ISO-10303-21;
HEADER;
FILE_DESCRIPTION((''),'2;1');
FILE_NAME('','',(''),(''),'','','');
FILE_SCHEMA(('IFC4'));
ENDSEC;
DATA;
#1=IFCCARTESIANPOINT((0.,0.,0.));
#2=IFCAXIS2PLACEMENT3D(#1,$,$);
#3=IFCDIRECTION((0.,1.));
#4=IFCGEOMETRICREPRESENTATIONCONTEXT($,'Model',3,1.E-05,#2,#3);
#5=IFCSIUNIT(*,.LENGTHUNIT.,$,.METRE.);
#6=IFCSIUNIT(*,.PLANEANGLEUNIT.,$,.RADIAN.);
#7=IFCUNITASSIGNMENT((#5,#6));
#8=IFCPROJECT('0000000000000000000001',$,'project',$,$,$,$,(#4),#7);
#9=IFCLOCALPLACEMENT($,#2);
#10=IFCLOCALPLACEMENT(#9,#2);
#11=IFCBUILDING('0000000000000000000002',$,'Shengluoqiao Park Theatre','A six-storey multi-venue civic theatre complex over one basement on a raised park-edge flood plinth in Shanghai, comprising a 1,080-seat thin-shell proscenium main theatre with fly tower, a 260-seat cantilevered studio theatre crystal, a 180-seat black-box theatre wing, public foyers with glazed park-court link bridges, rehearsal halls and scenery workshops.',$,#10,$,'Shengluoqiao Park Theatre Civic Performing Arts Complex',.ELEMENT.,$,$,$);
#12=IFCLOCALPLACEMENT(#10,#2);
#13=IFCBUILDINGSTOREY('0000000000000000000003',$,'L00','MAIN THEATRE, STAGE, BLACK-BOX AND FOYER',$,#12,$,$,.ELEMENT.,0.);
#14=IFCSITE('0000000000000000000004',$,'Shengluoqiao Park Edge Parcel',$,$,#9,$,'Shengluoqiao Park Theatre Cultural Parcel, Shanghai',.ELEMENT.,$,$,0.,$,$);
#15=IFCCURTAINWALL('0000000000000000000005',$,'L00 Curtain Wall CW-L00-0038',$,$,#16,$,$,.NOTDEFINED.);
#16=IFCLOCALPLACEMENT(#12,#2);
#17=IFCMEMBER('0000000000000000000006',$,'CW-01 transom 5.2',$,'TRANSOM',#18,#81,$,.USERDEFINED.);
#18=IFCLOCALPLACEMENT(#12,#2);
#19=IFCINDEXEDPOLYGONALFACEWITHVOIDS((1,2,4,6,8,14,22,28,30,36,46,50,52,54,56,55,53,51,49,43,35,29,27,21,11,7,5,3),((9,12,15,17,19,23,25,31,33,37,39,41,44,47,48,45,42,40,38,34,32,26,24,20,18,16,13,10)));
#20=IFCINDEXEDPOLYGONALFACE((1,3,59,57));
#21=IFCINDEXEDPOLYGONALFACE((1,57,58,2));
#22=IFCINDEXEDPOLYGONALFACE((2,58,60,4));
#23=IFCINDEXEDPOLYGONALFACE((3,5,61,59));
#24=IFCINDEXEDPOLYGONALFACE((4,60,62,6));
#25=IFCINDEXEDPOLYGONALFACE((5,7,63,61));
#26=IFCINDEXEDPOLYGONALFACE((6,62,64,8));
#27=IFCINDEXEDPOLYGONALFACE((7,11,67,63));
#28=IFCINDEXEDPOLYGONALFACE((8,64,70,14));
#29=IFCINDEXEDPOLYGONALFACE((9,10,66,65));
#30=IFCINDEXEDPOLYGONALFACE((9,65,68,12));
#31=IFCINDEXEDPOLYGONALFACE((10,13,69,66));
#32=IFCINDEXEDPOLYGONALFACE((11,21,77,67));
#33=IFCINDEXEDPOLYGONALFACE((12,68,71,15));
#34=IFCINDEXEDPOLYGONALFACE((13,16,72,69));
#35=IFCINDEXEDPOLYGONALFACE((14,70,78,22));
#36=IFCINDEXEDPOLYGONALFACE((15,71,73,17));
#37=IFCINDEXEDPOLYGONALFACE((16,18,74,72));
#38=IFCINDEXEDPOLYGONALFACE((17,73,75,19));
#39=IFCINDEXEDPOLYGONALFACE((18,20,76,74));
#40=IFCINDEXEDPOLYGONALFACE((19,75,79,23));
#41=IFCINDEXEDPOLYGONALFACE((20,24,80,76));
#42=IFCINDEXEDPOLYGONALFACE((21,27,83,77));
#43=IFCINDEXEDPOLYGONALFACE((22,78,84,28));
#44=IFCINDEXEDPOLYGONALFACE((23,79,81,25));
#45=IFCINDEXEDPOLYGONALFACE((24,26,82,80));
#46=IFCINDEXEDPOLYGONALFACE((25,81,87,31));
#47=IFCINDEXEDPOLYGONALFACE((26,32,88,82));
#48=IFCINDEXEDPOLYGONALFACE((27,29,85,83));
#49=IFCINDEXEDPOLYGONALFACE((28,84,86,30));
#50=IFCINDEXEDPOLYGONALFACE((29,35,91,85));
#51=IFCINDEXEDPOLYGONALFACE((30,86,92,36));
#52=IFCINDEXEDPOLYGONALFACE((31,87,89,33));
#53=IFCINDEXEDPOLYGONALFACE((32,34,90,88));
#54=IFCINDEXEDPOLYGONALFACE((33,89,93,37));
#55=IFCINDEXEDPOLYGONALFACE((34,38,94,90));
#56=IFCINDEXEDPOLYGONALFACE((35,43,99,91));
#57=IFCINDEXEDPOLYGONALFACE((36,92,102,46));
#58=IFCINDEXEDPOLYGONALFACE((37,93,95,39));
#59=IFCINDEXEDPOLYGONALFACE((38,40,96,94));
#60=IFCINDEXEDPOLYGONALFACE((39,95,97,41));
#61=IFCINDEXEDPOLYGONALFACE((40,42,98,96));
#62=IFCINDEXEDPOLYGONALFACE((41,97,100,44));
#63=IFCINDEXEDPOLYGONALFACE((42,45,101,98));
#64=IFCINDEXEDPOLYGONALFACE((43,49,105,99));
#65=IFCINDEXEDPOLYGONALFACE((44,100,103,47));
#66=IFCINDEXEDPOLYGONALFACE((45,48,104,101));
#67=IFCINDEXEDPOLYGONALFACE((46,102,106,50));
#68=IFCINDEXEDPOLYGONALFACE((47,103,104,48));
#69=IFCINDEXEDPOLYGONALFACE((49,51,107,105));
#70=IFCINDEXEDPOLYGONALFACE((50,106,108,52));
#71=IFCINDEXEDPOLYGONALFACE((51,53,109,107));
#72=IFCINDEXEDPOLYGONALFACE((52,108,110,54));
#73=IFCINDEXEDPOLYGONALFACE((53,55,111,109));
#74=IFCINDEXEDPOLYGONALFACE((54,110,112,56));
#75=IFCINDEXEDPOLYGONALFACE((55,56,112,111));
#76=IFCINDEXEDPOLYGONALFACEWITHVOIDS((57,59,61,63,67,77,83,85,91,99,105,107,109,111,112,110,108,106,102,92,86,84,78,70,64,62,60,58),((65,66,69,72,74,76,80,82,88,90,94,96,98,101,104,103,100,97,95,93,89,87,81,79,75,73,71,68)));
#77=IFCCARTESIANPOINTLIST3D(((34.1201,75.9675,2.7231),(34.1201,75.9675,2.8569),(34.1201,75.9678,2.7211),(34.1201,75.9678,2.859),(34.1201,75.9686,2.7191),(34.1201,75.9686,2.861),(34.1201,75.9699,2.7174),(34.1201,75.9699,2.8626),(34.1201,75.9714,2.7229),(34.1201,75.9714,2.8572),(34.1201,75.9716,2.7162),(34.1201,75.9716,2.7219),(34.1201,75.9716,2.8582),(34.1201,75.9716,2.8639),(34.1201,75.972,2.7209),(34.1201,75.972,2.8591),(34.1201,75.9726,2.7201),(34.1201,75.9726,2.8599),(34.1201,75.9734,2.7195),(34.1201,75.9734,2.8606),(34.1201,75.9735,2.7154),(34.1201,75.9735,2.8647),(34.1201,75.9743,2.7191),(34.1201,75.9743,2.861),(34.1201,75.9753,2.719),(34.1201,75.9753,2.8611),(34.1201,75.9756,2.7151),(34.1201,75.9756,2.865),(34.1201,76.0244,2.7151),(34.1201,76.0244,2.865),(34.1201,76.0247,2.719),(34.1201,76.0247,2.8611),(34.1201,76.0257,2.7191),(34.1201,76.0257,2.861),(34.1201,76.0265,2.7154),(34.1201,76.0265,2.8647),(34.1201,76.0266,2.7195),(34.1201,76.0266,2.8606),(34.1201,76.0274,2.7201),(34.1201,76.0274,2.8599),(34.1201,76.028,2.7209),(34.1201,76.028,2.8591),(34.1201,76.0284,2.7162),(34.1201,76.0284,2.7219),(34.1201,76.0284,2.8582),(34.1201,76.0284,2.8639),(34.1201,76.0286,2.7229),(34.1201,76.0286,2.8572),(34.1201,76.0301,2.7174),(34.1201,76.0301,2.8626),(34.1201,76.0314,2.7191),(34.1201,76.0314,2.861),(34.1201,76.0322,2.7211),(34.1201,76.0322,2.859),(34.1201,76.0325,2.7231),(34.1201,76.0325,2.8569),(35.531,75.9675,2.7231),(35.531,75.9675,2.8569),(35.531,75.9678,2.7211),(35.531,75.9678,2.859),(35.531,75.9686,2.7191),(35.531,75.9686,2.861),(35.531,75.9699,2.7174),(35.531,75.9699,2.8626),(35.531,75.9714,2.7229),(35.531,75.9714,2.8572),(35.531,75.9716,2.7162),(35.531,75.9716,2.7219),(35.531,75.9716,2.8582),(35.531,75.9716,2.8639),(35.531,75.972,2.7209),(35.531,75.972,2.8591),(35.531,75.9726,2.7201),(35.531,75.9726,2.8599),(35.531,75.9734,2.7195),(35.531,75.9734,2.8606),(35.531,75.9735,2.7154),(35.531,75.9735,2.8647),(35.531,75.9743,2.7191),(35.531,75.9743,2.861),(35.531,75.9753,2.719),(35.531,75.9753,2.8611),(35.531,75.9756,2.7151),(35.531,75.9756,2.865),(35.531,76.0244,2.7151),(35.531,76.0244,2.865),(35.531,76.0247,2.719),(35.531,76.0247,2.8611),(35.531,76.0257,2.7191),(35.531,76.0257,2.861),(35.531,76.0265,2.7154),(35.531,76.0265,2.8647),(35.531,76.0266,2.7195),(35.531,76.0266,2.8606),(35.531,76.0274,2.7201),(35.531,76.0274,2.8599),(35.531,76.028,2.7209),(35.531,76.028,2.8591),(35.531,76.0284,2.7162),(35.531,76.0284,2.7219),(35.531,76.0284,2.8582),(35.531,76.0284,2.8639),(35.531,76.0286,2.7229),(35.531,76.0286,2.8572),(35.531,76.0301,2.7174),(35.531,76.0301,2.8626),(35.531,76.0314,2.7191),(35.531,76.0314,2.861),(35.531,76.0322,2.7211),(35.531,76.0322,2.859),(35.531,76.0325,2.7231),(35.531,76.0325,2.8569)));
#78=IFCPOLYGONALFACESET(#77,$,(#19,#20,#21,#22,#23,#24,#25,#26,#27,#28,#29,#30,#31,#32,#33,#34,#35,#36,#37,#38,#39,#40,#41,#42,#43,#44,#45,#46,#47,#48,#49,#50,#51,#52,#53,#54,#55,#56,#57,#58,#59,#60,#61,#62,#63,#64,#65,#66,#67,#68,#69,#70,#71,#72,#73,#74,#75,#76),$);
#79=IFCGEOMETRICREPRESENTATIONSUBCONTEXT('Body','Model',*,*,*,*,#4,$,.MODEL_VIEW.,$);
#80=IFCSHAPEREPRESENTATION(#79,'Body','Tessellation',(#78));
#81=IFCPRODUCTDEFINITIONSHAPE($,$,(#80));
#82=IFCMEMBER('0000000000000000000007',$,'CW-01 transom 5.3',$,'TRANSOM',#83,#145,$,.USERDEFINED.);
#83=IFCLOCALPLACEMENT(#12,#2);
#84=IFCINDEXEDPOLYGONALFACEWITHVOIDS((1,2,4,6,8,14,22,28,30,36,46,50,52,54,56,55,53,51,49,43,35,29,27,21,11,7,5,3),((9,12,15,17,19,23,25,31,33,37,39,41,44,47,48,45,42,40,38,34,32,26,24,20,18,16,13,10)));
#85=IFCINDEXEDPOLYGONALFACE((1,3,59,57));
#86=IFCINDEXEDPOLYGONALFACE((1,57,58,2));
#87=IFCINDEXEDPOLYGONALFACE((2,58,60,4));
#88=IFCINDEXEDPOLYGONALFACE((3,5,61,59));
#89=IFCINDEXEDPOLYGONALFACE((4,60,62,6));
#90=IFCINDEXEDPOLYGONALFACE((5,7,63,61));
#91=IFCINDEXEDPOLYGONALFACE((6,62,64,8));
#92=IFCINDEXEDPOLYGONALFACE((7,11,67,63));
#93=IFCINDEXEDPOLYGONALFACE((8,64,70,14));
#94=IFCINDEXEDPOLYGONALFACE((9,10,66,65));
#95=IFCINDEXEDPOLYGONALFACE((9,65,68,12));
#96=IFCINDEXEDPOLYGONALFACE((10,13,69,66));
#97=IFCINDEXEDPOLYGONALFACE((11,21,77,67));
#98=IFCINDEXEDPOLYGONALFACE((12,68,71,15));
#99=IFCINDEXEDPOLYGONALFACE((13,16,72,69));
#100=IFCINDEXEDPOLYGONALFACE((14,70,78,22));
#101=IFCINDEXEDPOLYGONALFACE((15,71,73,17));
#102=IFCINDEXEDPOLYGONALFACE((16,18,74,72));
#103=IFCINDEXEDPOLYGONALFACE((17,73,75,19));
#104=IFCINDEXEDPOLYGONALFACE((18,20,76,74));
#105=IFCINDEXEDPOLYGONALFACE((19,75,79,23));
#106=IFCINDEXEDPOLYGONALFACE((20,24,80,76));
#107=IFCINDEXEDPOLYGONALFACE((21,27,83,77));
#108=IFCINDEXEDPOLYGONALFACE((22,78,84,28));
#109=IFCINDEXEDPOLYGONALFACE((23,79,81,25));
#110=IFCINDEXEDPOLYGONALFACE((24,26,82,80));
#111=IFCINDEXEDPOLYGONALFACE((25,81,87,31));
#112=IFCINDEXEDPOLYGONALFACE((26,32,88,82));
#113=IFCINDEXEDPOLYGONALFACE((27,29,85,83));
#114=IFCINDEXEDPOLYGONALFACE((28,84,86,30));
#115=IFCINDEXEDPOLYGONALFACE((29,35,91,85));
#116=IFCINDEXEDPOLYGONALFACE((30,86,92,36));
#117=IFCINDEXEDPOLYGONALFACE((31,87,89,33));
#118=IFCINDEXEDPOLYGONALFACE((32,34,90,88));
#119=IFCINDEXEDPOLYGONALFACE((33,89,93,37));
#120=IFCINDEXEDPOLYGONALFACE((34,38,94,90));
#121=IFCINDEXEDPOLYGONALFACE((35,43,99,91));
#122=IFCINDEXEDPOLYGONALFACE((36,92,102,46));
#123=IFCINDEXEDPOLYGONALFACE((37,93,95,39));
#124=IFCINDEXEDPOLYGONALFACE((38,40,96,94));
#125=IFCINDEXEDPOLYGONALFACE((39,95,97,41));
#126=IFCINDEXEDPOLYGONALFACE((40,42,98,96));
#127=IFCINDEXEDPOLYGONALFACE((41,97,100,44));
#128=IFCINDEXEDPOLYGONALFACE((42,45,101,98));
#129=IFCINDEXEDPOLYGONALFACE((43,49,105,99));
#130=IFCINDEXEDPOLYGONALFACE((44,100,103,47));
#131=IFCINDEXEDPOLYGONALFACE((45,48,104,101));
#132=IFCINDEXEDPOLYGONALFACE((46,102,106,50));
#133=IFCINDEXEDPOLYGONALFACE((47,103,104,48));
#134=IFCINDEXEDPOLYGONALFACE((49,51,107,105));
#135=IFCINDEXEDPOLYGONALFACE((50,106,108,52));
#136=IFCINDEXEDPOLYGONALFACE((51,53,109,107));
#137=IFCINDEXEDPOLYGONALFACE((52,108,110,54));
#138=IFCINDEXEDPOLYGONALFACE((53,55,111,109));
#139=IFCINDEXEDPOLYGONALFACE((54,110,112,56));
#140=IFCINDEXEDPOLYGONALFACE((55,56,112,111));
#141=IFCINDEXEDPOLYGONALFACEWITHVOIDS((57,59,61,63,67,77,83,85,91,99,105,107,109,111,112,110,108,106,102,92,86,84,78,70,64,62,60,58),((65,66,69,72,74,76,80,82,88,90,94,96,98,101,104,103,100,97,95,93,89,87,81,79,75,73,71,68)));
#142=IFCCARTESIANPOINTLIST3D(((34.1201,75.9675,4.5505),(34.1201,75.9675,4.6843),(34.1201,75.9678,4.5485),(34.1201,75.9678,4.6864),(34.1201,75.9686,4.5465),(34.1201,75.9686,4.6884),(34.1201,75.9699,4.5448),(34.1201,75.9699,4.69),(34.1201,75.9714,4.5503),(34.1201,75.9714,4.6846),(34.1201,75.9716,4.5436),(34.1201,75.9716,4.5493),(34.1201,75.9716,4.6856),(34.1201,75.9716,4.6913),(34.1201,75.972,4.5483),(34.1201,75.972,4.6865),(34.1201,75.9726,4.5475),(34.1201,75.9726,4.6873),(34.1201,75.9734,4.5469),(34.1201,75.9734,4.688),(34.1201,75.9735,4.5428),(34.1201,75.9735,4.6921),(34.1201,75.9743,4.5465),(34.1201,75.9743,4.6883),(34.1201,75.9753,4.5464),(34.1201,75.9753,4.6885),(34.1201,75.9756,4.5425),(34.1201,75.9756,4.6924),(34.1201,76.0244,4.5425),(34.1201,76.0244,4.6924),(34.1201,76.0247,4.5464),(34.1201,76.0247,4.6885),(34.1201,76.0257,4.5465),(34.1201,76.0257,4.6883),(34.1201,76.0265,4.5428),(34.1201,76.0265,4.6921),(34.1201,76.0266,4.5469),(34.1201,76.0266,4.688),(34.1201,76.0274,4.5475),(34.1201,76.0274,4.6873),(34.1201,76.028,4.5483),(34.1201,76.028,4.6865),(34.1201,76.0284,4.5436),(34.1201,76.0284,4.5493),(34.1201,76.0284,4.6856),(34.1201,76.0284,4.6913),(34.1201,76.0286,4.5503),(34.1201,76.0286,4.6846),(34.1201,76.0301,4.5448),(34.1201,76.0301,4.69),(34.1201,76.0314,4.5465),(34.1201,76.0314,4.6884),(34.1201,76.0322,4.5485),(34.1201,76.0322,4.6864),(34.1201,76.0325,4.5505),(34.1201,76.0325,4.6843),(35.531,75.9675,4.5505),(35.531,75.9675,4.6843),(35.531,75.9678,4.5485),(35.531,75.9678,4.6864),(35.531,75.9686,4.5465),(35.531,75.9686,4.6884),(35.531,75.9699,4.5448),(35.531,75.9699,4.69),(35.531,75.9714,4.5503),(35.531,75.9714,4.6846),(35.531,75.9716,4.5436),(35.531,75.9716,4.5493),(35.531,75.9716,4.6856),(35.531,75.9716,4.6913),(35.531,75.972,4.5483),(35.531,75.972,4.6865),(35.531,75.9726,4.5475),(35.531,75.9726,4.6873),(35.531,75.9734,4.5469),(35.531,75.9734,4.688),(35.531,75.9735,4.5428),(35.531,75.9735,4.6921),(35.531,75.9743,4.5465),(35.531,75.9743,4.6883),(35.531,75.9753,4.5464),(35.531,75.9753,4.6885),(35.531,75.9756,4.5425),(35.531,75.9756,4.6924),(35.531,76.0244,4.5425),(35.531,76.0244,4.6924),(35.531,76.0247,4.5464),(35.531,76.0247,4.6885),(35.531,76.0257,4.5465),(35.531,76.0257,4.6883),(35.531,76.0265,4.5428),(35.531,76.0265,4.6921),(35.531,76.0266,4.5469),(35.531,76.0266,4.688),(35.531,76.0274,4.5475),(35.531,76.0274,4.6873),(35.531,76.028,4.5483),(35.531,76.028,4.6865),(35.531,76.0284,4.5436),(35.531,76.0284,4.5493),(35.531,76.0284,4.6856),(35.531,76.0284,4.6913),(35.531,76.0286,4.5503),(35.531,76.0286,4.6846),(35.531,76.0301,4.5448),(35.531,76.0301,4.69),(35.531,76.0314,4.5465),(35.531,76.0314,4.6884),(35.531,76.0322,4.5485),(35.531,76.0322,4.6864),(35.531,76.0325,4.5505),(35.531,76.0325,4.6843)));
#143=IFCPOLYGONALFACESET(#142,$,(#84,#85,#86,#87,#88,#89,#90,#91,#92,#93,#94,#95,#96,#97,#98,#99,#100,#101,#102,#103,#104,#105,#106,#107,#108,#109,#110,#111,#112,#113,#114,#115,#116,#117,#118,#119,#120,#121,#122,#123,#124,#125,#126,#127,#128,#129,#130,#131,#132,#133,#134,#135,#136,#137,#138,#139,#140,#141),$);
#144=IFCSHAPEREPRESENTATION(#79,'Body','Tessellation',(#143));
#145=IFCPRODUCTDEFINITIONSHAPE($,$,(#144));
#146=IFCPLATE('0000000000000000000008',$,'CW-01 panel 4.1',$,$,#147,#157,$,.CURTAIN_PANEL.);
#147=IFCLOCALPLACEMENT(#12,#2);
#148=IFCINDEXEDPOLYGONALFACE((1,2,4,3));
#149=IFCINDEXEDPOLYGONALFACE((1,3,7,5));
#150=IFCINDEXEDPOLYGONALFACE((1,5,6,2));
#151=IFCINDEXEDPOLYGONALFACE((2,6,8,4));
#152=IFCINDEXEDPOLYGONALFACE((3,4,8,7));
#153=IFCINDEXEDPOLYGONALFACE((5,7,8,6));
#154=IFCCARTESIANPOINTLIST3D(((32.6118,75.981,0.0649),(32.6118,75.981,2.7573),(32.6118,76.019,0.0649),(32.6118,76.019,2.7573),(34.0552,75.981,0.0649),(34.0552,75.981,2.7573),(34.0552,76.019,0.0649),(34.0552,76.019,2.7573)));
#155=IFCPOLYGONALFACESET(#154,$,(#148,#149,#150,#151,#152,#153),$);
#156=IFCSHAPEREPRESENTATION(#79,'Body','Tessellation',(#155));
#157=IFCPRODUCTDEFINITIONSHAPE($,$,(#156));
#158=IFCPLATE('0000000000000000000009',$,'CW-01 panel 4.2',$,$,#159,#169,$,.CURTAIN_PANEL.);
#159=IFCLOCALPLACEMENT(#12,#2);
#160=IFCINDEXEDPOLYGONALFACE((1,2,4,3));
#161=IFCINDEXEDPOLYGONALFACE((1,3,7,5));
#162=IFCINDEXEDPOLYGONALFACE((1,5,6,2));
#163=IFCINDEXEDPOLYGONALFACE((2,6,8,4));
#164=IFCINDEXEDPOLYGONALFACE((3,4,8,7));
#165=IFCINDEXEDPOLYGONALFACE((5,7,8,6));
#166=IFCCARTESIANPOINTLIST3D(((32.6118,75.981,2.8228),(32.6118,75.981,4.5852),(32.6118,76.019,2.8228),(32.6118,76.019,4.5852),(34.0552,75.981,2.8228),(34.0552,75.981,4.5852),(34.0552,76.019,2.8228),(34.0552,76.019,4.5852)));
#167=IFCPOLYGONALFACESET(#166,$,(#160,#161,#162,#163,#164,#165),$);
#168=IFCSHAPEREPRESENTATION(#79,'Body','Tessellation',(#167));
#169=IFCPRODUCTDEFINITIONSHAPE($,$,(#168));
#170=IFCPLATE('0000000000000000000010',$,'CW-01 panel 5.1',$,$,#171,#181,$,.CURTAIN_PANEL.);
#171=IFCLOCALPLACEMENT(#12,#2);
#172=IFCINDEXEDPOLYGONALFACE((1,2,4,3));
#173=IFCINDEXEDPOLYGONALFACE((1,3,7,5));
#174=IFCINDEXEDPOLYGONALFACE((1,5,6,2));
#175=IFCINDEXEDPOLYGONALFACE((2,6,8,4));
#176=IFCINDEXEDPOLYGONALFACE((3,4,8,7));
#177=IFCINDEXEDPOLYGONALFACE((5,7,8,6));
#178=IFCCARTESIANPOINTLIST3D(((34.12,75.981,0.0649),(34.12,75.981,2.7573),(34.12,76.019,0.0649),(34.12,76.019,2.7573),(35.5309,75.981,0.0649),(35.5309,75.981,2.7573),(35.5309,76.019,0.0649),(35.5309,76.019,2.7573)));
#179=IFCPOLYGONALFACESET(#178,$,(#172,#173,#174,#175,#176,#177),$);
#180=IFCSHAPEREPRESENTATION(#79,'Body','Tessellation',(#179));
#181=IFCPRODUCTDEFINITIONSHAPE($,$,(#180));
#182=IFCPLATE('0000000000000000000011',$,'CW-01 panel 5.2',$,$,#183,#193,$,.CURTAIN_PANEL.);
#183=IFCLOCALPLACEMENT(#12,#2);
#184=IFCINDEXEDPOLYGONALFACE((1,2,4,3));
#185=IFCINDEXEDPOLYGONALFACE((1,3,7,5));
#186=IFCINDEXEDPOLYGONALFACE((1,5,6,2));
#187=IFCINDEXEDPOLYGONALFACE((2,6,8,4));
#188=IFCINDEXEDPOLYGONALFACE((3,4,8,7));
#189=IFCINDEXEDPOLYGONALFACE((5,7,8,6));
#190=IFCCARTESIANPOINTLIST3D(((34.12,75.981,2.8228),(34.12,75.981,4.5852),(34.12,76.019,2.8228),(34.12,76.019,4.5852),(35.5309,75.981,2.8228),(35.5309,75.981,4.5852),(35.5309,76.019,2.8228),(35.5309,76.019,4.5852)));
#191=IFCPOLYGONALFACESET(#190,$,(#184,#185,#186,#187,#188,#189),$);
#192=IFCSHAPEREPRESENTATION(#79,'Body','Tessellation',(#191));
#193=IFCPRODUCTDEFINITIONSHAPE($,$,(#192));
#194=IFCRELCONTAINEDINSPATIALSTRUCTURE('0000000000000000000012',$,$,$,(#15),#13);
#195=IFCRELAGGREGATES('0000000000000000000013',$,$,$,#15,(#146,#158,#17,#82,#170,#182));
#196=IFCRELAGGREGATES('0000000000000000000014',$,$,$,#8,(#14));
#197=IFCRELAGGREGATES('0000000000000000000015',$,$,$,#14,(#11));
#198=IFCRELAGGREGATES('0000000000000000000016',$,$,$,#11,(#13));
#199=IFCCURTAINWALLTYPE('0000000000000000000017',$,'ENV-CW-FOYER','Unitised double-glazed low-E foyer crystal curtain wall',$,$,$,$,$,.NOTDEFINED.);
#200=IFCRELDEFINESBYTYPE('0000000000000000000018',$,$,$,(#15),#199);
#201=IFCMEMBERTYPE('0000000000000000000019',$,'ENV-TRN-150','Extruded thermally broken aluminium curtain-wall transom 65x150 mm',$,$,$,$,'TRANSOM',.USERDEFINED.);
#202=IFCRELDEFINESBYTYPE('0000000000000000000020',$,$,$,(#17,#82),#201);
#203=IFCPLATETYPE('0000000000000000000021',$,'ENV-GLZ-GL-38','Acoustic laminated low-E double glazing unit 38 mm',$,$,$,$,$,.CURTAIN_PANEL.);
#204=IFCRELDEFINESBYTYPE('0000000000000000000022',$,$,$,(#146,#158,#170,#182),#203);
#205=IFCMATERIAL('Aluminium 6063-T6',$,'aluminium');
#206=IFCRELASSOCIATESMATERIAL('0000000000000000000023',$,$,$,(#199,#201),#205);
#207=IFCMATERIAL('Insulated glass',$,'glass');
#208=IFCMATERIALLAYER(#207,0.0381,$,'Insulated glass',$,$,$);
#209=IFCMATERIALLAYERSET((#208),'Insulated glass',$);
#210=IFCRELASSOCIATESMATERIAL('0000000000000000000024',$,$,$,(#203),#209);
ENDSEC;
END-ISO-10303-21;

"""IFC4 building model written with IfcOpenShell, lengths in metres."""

from ifc_helpers import new_model, si_unit, direction, frame, origin, origin_2d, place, context, subcontext, project, spatial, rectangle, hollow_rectangle, extrude, material, layer, layer_set, material_profile, profile_set, type_object, element, aggregate, save


model = new_model("IFC4")

# Units and contexts
model_context = context("Model", 3, precision=1e-05, world=origin(), true_north=direction((0.0, 1.0)))
body_context = subcontext(model_context, "Body", "Model", "MODEL_VIEW")
ifc_project = project(units=[si_unit("LENGTHUNIT", "METRE"), si_unit("PLANEANGLEUNIT", "RADIAN")], contexts=[model_context])

# Site, building, storey
site_placement = place(None, origin())
site = spatial("IfcSite", under=ifc_project, at=site_placement, Name="Shengluoqiao Park Edge Parcel", LongName="Shengluoqiao Park Theatre Cultural Parcel, Shanghai", CompositionType="ELEMENT", RefElevation=0.0)
building_placement = place(site_placement, origin())
building = spatial("IfcBuilding", under=site, at=building_placement, Name="Shengluoqiao Park Theatre", Description="A six-storey multi-venue civic theatre complex over one basement on a raised park-edge flood plinth in Shanghai, comprising a 1,080-seat thin-shell proscenium main theatre with fly tower, a 260-seat cantilevered studio theatre crystal, a 180-seat black-box theatre wing, public foyers with glazed park-court link bridges, rehearsal halls and scenery workshops.", LongName="Shengluoqiao Park Theatre Civic Performing Arts Complex", CompositionType="ELEMENT")
storey_placement = place(building_placement, origin())
storey = spatial("IfcBuildingStorey", under=building, at=storey_placement, Name="L00", Description="MAIN THEATRE, STAGE, BLACK-BOX AND FOYER", CompositionType="ELEMENT", Elevation=0.0)

# Curtain wall, members, plates
ifc_material_1 = material(Name="Aluminium 6063-T6", Category="aluminium")
curtain_wall_type = type_object("IfcCurtainWallType", Name="ENV-CW-FOYER", Description="Unitised double-glazed low-E foyer crystal curtain wall", PredefinedType="NOTDEFINED", material=ifc_material_1)
curtain_wall_placement = place(storey_placement, origin())
curtain_wall = element("IfcCurtainWall", 1, at=curtain_wall_placement, inside=storey, type_object=curtain_wall_type, Name="L00 Curtain Wall CW-L00-0038", PredefinedType="NOTDEFINED")
ifc_material_profile_1 = material_profile(ifc_material_1, hollow_rectangle(XDim=0.0649, YDim=0.1499, WallThickness=0.0039, InnerFilletRadius=0.0039, OuterFilletRadius=0.0081, at=origin_2d()), Name="ALU TRANSOM 150x65x4")
ifc_profile_set_1 = profile_set([ifc_material_profile_1], Name="Aluminium 6063-T6")
member_type_1 = type_object("IfcMemberType", Name="ENV-TRN-150", Description="Extruded thermally broken aluminium curtain-wall transom 65x150 mm", ElementType="TRANSOM", PredefinedType="USERDEFINED", material=ifc_profile_set_1)
member_1_placement = place(storey_placement, frame((34.1201, 76.0, 2.79), z_axis=(1.0, 0.0, 0.0), x_axis=(0.0, 1.0, 0.0)))
member_1 = element("IfcMember", 2, at=member_1_placement, type_object=member_type_1, Name="CW-01 transom 5.2", ObjectType="TRANSOM", PredefinedType="USERDEFINED", context=body_context, shape_type="SweptSolid", body=[
    extrude(hollow_rectangle(XDim=0.0649, YDim=0.1499, WallThickness=0.0039, InnerFilletRadius=0.0039, OuterFilletRadius=0.0081, at=origin_2d()), origin(), (0.0, 0.0, 1.0), 1.4109),
])
member_2_placement = place(storey_placement, frame((34.1201, 76.0, 4.6174), z_axis=(1.0, 0.0, 0.0), x_axis=(0.0, 1.0, 0.0)))
member_2 = element("IfcMember", 3, at=member_2_placement, type_object=member_type_1, Name="CW-01 transom 5.3", ObjectType="TRANSOM", PredefinedType="USERDEFINED", context=body_context, shape_type="SweptSolid", body=[
    extrude(hollow_rectangle(XDim=0.0649, YDim=0.1499, WallThickness=0.0039, InnerFilletRadius=0.0039, OuterFilletRadius=0.0081, at=origin_2d()), origin(), (0.0, 0.0, 1.0), 1.4109),
])
ifc_material_2 = material(Name="Insulated glass", Category="glass")
ifc_layer_1 = layer(ifc_material_2, 0.0381, Name="Insulated glass")
ifc_layer_set_1 = layer_set([ifc_layer_1], Name="Insulated glass")
plate_type = type_object("IfcPlateType", Name="ENV-GLZ-GL-38", Description="Acoustic laminated low-E double glazing unit 38 mm", PredefinedType="CURTAIN_PANEL", material=ifc_layer_set_1)
plate_1_placement = place(storey_placement, frame((33.3335, 76.0, 0.0649), z_axis=(0.0, 0.0, 1.0), x_axis=(1.0, 0.0, 0.0)))
plate_1 = element("IfcPlate", 4, at=plate_1_placement, type_object=plate_type, Name="CW-01 panel 4.1", PredefinedType="CURTAIN_PANEL", context=body_context, shape_type="SweptSolid", body=[
    extrude(rectangle(XDim=1.4434, YDim=0.0381, at=origin_2d()), origin(), (0.0, 0.0, 1.0), 2.6924),
])
plate_2_placement = place(storey_placement, frame((33.3335, 76.0, 2.8228), z_axis=(0.0, 0.0, 1.0), x_axis=(1.0, 0.0, 0.0)))
plate_2 = element("IfcPlate", 5, at=plate_2_placement, type_object=plate_type, Name="CW-01 panel 4.2", PredefinedType="CURTAIN_PANEL", context=body_context, shape_type="SweptSolid", body=[
    extrude(rectangle(XDim=1.4434, YDim=0.0381, at=origin_2d()), origin(), (0.0, 0.0, 1.0), 1.7625),
])
plate_3_placement = place(storey_placement, frame((34.8254, 76.0, 0.0649), z_axis=(0.0, 0.0, 1.0), x_axis=(1.0, 0.0, 0.0)))
plate_3 = element("IfcPlate", 6, at=plate_3_placement, type_object=plate_type, Name="CW-01 panel 5.1", PredefinedType="CURTAIN_PANEL", context=body_context, shape_type="SweptSolid", body=[
    extrude(rectangle(XDim=1.4109, YDim=0.0381, at=origin_2d()), origin(), (0.0, 0.0, 1.0), 2.6924),
])
plate_4_placement = place(storey_placement, frame((34.8254, 76.0, 2.8228), z_axis=(0.0, 0.0, 1.0), x_axis=(1.0, 0.0, 0.0)))
plate_4 = element("IfcPlate", 7, at=plate_4_placement, type_object=plate_type, Name="CW-01 panel 5.2", PredefinedType="CURTAIN_PANEL", context=body_context, shape_type="SweptSolid", body=[
    extrude(rectangle(XDim=1.4109, YDim=0.0381, at=origin_2d()), origin(), (0.0, 0.0, 1.0), 1.7625),
])
aggregate(curtain_wall, [plate_1, plate_2, member_1, member_2, plate_3, plate_4])

save(model, "model.ifc")
